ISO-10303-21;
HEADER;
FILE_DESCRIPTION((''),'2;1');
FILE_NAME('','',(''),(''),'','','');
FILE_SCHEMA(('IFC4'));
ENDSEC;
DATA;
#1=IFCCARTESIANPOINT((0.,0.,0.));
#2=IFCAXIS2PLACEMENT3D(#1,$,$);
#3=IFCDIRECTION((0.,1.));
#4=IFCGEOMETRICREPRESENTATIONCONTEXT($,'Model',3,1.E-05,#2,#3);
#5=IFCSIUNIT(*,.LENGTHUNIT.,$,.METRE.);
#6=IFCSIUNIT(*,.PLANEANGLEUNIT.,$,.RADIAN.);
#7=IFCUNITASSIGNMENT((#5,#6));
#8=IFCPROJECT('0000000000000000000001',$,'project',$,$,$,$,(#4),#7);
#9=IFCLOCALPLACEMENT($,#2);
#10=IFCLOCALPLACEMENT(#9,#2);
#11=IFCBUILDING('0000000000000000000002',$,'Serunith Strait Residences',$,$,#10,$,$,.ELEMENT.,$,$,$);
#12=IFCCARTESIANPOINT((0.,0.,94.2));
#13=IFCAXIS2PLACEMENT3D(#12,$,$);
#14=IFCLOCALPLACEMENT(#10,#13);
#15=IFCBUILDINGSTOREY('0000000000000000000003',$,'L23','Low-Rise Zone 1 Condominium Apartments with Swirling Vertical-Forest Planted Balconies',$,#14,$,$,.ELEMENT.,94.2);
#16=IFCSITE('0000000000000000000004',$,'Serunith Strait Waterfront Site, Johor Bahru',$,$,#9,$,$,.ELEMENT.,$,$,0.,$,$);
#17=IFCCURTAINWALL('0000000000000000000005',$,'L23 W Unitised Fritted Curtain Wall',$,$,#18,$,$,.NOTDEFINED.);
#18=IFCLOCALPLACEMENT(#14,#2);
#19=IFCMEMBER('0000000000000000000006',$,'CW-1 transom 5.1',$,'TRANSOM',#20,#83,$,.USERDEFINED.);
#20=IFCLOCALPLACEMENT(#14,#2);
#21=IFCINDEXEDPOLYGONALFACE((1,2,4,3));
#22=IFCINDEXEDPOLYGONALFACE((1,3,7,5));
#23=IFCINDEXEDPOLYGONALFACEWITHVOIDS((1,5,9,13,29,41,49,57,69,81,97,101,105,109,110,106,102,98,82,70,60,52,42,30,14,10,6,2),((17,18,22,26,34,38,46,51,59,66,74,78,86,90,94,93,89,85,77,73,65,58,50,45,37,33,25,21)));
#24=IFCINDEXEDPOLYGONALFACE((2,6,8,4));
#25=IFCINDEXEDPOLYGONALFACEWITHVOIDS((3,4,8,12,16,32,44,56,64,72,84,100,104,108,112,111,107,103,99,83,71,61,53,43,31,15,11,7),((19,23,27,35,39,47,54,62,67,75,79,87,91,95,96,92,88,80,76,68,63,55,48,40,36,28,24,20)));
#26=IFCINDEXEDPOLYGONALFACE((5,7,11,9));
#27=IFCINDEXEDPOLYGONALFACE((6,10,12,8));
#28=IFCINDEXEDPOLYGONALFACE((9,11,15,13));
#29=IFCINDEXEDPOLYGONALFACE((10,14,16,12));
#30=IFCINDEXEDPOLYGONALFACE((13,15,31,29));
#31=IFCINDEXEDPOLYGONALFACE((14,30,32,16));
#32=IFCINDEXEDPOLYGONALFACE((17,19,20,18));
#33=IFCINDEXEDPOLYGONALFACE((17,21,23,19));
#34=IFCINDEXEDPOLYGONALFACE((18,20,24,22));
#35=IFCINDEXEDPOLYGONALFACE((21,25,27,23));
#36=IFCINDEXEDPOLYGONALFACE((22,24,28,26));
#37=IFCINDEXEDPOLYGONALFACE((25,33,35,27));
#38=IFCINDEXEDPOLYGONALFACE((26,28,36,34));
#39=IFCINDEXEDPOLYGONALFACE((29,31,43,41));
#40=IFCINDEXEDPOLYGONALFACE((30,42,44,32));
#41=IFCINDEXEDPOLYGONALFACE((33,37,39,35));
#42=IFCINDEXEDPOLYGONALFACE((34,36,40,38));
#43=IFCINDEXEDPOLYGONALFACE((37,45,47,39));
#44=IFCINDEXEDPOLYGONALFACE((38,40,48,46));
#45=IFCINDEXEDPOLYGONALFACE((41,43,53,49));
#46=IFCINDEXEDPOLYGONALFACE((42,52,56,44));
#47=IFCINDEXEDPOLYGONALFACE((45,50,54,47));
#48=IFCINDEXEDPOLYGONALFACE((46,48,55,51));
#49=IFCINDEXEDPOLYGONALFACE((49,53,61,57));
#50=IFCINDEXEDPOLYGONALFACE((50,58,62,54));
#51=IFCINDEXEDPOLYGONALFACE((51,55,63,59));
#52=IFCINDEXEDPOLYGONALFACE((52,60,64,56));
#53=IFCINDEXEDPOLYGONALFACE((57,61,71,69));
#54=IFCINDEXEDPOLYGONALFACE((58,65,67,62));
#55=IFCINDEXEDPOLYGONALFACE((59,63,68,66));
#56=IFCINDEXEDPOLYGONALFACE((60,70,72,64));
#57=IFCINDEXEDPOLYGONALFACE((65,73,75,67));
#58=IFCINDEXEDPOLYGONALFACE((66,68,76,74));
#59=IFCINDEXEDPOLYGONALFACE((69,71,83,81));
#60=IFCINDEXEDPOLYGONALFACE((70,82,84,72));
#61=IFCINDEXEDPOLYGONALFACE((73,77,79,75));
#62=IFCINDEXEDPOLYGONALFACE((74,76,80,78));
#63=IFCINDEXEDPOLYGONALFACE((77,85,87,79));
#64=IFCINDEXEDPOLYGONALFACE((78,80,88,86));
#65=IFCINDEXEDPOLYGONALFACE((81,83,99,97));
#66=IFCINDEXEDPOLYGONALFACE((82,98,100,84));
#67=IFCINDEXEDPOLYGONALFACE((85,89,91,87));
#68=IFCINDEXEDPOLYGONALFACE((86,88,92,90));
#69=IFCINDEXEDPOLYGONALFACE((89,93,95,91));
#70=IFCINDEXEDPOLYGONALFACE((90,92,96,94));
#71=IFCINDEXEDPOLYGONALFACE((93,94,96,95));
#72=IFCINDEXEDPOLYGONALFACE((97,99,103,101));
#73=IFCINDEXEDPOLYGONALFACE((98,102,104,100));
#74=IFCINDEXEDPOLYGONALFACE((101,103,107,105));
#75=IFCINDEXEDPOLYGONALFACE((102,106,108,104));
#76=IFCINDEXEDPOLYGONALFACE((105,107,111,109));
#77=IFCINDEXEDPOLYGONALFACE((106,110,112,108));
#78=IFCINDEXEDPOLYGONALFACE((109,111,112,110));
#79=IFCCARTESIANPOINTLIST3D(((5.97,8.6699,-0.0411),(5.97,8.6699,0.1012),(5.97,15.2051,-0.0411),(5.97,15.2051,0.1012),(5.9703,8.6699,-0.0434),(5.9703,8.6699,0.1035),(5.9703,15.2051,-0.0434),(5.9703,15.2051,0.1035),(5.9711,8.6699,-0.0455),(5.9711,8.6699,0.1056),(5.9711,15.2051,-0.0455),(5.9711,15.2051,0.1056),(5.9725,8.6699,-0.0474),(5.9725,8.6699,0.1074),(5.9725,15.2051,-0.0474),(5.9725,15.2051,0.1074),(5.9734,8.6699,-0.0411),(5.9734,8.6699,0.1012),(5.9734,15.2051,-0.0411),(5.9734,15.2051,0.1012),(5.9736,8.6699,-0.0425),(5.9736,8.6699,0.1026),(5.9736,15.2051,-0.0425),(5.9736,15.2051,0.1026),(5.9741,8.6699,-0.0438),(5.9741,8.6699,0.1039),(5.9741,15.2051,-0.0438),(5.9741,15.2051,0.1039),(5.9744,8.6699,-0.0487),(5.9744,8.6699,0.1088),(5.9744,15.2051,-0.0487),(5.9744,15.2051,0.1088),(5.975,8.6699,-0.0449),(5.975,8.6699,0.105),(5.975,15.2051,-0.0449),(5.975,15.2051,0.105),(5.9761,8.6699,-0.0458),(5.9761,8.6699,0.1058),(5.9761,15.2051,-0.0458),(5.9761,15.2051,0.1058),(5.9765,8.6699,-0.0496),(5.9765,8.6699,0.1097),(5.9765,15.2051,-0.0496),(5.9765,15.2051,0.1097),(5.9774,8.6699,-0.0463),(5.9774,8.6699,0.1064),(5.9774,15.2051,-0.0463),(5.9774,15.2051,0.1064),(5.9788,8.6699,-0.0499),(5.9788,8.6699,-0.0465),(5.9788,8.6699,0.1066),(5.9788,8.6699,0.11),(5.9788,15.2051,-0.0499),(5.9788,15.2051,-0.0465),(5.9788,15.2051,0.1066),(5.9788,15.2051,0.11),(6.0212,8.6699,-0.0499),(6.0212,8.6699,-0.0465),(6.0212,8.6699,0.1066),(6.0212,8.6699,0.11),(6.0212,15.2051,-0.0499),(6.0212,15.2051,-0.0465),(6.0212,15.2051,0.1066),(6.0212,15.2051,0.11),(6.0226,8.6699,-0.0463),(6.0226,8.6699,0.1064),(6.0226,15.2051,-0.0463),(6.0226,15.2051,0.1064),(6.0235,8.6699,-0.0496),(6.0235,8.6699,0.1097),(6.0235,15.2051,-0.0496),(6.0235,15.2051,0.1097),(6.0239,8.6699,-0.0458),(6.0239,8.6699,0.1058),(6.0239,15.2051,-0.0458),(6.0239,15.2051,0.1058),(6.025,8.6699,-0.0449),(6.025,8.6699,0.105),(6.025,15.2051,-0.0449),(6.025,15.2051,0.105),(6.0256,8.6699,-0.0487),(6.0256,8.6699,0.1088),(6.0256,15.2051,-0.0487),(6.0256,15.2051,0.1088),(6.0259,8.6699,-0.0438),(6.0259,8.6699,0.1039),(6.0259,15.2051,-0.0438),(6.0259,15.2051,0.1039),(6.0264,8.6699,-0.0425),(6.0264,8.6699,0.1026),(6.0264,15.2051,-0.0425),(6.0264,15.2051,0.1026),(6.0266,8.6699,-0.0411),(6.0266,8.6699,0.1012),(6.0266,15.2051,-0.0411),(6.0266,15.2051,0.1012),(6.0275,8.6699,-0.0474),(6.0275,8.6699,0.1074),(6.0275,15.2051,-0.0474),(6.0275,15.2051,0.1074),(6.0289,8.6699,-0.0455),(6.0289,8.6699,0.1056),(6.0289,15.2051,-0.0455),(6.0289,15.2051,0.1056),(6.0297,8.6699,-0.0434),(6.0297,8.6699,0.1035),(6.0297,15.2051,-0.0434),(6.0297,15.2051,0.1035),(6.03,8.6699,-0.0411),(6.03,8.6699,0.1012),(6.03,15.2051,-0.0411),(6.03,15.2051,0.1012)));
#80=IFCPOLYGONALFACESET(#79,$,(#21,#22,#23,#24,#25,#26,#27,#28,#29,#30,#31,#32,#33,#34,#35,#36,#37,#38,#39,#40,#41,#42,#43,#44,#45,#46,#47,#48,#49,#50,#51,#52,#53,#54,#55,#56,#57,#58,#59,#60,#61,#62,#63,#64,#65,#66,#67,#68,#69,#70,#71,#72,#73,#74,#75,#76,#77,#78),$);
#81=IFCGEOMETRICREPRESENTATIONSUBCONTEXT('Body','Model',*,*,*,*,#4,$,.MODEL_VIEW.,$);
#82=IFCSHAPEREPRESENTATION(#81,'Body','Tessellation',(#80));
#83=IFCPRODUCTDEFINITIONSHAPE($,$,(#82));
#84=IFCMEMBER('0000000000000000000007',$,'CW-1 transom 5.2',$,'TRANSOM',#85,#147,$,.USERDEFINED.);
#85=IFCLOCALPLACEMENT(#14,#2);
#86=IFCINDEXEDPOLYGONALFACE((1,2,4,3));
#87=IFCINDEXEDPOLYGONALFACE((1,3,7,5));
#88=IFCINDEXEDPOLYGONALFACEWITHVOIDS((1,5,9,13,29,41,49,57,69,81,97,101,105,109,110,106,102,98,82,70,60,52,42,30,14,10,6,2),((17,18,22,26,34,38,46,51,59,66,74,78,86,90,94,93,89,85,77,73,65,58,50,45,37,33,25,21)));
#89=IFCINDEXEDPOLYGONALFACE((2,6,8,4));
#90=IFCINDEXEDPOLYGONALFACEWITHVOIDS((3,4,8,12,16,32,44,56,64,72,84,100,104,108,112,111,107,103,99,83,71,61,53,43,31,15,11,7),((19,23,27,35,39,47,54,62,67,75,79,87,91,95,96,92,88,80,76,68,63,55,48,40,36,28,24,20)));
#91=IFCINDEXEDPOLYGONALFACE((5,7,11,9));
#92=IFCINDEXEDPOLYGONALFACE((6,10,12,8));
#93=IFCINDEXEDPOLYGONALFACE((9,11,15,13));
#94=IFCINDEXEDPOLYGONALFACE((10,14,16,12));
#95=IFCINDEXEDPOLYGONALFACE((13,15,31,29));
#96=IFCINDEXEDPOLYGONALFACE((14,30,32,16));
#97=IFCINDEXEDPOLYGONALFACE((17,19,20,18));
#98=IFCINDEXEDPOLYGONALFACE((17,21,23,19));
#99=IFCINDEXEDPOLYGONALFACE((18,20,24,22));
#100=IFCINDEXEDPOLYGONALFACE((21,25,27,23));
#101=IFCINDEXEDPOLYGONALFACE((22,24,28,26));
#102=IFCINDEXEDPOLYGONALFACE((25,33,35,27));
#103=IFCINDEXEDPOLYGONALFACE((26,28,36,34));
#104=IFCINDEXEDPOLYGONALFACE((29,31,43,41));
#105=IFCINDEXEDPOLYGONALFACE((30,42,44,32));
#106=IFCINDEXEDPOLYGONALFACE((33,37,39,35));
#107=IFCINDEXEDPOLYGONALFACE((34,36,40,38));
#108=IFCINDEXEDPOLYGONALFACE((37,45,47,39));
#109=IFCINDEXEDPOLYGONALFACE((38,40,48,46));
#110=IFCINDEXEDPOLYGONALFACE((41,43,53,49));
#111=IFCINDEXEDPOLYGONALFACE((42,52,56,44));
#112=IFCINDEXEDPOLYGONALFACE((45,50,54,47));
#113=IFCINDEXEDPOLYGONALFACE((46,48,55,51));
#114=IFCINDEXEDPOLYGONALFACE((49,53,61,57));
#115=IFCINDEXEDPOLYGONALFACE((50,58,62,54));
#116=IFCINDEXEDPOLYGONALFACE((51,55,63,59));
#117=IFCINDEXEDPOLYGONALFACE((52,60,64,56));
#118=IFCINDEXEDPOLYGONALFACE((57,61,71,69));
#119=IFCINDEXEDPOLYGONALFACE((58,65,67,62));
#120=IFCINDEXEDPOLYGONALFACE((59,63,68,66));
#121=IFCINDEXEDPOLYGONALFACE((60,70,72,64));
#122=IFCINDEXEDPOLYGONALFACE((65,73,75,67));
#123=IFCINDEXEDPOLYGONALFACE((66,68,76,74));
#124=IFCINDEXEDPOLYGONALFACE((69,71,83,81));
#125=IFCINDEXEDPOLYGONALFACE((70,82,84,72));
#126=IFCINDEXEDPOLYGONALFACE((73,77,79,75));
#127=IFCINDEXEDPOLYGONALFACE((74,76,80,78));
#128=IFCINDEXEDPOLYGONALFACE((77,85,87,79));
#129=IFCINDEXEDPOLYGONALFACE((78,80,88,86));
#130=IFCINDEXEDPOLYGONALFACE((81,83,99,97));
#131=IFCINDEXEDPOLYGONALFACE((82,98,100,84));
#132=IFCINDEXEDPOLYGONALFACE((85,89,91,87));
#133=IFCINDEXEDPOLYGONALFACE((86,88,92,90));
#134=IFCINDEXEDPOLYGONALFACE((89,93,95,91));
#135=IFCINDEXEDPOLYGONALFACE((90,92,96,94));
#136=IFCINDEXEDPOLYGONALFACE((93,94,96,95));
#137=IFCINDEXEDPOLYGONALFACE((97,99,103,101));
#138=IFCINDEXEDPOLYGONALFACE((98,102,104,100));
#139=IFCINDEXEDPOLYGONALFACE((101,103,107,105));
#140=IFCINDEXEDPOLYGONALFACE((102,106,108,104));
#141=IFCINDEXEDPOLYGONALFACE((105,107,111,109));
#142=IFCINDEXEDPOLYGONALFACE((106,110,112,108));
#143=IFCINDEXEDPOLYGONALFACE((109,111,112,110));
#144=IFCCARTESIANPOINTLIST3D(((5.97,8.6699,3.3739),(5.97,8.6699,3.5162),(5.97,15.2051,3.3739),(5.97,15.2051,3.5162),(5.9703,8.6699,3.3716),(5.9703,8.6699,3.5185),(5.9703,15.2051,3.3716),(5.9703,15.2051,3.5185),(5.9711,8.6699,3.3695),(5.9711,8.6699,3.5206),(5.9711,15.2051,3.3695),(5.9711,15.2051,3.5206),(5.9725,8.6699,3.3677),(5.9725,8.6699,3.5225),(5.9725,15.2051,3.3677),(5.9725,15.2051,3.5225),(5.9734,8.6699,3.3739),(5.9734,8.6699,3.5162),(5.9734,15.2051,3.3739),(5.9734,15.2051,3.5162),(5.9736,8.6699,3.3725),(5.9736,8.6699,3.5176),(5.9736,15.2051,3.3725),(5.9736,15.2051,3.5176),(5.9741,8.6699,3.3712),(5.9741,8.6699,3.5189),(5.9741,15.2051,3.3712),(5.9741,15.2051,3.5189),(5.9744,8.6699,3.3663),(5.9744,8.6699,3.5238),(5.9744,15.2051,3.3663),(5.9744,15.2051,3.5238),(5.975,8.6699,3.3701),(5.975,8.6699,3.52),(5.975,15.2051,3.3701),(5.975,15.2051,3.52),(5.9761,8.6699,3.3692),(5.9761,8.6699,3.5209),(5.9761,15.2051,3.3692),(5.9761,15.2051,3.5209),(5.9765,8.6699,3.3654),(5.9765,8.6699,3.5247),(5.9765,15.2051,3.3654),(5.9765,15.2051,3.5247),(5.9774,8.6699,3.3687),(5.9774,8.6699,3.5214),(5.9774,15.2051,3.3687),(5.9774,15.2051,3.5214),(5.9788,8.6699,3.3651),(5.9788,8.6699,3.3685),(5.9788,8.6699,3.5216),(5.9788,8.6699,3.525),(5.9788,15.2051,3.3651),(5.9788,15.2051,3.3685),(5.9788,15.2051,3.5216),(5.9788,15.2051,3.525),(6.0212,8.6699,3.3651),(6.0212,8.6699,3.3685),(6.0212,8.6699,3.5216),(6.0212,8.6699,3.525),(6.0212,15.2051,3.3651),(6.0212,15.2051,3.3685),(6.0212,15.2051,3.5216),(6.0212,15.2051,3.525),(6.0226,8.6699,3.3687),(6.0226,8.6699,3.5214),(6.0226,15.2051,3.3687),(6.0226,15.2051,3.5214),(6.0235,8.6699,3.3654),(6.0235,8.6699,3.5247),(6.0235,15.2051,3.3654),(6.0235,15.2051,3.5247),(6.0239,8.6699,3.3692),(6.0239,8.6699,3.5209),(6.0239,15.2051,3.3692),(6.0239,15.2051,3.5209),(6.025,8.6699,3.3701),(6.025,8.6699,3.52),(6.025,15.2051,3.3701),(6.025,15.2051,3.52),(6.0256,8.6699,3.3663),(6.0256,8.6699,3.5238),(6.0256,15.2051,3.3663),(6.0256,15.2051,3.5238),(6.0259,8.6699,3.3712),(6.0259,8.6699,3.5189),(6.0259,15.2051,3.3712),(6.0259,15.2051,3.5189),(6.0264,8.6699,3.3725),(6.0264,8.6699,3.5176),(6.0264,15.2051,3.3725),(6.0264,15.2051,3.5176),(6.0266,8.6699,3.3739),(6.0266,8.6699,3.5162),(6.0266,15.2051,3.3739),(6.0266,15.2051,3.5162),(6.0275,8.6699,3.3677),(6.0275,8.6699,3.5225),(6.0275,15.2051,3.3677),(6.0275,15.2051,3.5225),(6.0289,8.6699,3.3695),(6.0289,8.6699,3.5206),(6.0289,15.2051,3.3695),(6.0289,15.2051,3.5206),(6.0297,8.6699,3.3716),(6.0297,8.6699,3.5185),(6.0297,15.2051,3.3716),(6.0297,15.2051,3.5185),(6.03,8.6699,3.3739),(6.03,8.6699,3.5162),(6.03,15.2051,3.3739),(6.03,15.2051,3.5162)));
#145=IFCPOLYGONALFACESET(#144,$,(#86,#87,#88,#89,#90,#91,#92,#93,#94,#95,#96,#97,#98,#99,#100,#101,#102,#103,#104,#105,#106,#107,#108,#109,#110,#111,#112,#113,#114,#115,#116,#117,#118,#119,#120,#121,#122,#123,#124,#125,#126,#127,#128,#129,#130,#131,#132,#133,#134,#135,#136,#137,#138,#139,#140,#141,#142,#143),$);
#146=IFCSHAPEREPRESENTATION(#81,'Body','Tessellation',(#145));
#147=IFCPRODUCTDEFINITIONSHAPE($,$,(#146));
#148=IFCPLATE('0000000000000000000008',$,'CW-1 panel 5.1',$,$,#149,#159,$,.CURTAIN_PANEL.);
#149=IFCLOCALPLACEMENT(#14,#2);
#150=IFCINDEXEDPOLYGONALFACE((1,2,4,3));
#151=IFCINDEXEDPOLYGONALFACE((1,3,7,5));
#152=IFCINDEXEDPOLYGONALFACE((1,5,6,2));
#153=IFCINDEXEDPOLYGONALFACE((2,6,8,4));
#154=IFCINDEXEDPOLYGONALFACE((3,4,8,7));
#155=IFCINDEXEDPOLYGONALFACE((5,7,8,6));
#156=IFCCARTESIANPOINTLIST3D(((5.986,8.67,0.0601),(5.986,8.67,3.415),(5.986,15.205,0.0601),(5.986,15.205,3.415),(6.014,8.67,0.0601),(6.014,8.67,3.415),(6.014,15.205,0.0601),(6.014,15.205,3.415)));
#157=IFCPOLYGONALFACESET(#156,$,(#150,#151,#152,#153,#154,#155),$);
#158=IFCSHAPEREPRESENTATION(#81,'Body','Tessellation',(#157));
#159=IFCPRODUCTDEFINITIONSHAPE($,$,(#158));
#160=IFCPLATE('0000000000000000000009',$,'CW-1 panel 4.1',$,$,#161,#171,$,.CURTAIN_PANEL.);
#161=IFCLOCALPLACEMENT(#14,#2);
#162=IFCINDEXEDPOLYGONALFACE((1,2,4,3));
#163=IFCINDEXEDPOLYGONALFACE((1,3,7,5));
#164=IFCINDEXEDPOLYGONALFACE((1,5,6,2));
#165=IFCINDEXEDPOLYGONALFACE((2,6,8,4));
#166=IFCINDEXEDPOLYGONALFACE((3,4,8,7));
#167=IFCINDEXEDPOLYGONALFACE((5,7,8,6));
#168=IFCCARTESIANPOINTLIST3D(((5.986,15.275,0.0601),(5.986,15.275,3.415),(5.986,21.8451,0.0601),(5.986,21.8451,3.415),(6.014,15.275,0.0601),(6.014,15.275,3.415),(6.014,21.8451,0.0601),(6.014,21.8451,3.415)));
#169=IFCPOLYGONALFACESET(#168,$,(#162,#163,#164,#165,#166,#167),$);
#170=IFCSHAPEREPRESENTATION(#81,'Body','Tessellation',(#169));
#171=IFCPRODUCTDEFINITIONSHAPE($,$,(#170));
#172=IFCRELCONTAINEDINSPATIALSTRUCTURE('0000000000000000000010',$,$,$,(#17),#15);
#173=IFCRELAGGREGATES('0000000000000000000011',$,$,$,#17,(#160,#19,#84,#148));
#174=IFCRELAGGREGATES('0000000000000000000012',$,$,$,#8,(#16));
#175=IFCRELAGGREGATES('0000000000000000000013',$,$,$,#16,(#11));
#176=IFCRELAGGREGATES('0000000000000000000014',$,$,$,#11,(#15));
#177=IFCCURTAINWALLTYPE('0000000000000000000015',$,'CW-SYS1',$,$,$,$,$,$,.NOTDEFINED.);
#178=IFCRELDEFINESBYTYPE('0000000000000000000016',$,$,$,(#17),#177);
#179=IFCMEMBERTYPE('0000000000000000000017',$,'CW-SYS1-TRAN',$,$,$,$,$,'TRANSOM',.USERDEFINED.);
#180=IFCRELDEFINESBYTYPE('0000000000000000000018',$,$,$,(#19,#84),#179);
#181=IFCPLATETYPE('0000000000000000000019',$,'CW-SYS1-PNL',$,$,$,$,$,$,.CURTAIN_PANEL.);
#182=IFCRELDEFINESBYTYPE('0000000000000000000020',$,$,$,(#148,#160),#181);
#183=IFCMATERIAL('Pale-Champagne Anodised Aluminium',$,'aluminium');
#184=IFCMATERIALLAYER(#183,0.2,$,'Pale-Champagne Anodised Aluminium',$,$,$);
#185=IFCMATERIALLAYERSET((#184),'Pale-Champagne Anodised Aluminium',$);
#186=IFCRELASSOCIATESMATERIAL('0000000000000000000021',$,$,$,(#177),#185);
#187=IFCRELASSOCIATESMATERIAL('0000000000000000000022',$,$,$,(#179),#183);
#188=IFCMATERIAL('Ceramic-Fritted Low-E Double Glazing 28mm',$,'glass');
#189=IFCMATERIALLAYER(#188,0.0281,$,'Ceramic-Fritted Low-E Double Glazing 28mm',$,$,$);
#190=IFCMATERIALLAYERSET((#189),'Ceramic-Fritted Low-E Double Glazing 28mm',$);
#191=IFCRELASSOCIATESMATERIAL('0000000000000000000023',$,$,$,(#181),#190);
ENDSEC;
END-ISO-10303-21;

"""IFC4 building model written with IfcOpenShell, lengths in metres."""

from ifc_helpers import new_model, si_unit, direction, frame, origin, origin_2d, place, context, subcontext, project, spatial, rectangle, hollow_rectangle, extrude, source, transform, mapped, material, layer, layer_set, material_profile, profile_set, type_object, element, aggregate, save


model = new_model("IFC4")

# Units and contexts
model_context = context("Model", 3, precision=1e-05, world=origin(), true_north=direction((0.0, 1.0)))
body_context = subcontext(model_context, "Body", "Model", "MODEL_VIEW")
ifc_project = project(units=[si_unit("LENGTHUNIT", "METRE"), si_unit("PLANEANGLEUNIT", "RADIAN")], contexts=[model_context])

# Site, building, storey
site_placement = place(None, origin())
site = spatial("IfcSite", under=ifc_project, at=site_placement, Name="Serunith Strait Waterfront Site, Johor Bahru", CompositionType="ELEMENT", RefElevation=0.0)
building_placement = place(site_placement, origin())
building = spatial("IfcBuilding", under=site, at=building_placement, Name="Serunith Strait Residences", CompositionType="ELEMENT")
storey_placement = place(building_placement, frame((0.0, 0.0, 94.2)))
storey = spatial("IfcBuildingStorey", under=building, at=storey_placement, Name="L23", Description="Low-Rise Zone 1 Condominium Apartments with Swirling Vertical-Forest Planted Balconies", CompositionType="ELEMENT", Elevation=94.2)

# Curtain wall, members, plates
ifc_material_1 = material(Name="Pale-Champagne Anodised Aluminium", Category="aluminium")
ifc_layer_1 = layer(ifc_material_1, 0.2, Name="Pale-Champagne Anodised Aluminium")
ifc_layer_set_1 = layer_set([ifc_layer_1], Name="Pale-Champagne Anodised Aluminium")
curtain_wall_type = type_object("IfcCurtainWallType", Name="CW-SYS1", PredefinedType="NOTDEFINED", material=ifc_layer_set_1)
curtain_wall_placement = place(storey_placement, origin())
curtain_wall = element("IfcCurtainWall", 1, at=curtain_wall_placement, inside=storey, type_object=curtain_wall_type, Name="L23 W Unitised Fritted Curtain Wall", PredefinedType="NOTDEFINED")
ifc_material_profile_1 = material_profile(ifc_material_1, hollow_rectangle(XDim=0.0601, YDim=0.1599, WallThickness=0.0034, InnerFilletRadius=0.0054, OuterFilletRadius=0.0088, at=origin_2d()), Name="ALU 160x60x3.5")
ifc_profile_set_1 = profile_set([ifc_material_profile_1], Name="Pale-Champagne Anodised Aluminium")
member_type_1 = type_object("IfcMemberType", Name="CW-SYS1-TRAN", ElementType="TRANSOM", PredefinedType="USERDEFINED", material=ifc_profile_set_1)
shared_shape_1 = source(origin(), body_context, "Body", "SweptSolid", [
    extrude(hollow_rectangle(XDim=0.0601, YDim=0.1599, WallThickness=0.0034, InnerFilletRadius=0.0054, OuterFilletRadius=0.0088, at=origin_2d()), origin(), (0.0, 0.0, 1.0), 6.5352),
])
member_1_placement = place(storey_placement, frame((6.0, 15.2051, 0.03), z_axis=(0.0, -1.0, 0.0), x_axis=(1.0, 0.0, 0.0)))
member_1 = element("IfcMember", 2, at=member_1_placement, type_object=member_type_1, Name="CW-1 transom 5.1", ObjectType="TRANSOM", PredefinedType="USERDEFINED", context=body_context, shape_type="MappedRepresentation", body=[
    mapped(shared_shape_1, transform((0.0, 0.0, 0.0), scale=1.0)),
])
member_2_placement = place(storey_placement, frame((6.0, 15.2051, 3.4451), z_axis=(0.0, -1.0, 0.0), x_axis=(1.0, 0.0, 0.0)))
member_2 = element("IfcMember", 3, at=member_2_placement, type_object=member_type_1, Name="CW-1 transom 5.2", ObjectType="TRANSOM", PredefinedType="USERDEFINED", context=body_context, shape_type="MappedRepresentation", body=[
    mapped(shared_shape_1, transform((0.0, 0.0, 0.0), scale=1.0)),
])
ifc_material_2 = material(Name="Ceramic-Fritted Low-E Double Glazing 28mm", Category="glass")
ifc_layer_2 = layer(ifc_material_2, 0.0281, Name="Ceramic-Fritted Low-E Double Glazing 28mm")
ifc_layer_set_2 = layer_set([ifc_layer_2], Name="Ceramic-Fritted Low-E Double Glazing 28mm")
plate_type = type_object("IfcPlateType", Name="CW-SYS1-PNL", PredefinedType="CURTAIN_PANEL", material=ifc_layer_set_2)
shared_shape_2 = source(origin(), body_context, "Body", "SweptSolid", [
    extrude(rectangle(XDim=6.5349, YDim=0.0281, at=origin_2d()), origin(), (0.0, 0.0, 1.0), 3.355),
])
plate_1_placement = place(storey_placement, frame((6.0, 11.9375, 0.0601), z_axis=(0.0, 0.0, 1.0), x_axis=(0.0, -1.0, 0.0)))
plate_1 = element("IfcPlate", 4, at=plate_1_placement, type_object=plate_type, Name="CW-1 panel 5.1", PredefinedType="CURTAIN_PANEL", context=body_context, shape_type="MappedRepresentation", body=[
    mapped(shared_shape_2, transform((0.0, 0.0, 0.0), scale=1.0)),
])
shared_shape_3 = source(origin(), body_context, "Body", "SweptSolid", [
    extrude(rectangle(XDim=6.5701, YDim=0.0281, at=origin_2d()), origin(), (0.0, 0.0, 1.0), 3.355),
])
plate_2_placement = place(storey_placement, frame((6.0, 18.5601, 0.0601), z_axis=(0.0, 0.0, 1.0), x_axis=(0.0, -1.0, 0.0)))
plate_2 = element("IfcPlate", 5, at=plate_2_placement, type_object=plate_type, Name="CW-1 panel 4.1", PredefinedType="CURTAIN_PANEL", context=body_context, shape_type="MappedRepresentation", body=[
    mapped(shared_shape_3, transform((0.0, 0.0, 0.0), scale=1.0)),
])
aggregate(curtain_wall, [plate_2, member_1, member_2, plate_1])

save(model, "model.ifc")
